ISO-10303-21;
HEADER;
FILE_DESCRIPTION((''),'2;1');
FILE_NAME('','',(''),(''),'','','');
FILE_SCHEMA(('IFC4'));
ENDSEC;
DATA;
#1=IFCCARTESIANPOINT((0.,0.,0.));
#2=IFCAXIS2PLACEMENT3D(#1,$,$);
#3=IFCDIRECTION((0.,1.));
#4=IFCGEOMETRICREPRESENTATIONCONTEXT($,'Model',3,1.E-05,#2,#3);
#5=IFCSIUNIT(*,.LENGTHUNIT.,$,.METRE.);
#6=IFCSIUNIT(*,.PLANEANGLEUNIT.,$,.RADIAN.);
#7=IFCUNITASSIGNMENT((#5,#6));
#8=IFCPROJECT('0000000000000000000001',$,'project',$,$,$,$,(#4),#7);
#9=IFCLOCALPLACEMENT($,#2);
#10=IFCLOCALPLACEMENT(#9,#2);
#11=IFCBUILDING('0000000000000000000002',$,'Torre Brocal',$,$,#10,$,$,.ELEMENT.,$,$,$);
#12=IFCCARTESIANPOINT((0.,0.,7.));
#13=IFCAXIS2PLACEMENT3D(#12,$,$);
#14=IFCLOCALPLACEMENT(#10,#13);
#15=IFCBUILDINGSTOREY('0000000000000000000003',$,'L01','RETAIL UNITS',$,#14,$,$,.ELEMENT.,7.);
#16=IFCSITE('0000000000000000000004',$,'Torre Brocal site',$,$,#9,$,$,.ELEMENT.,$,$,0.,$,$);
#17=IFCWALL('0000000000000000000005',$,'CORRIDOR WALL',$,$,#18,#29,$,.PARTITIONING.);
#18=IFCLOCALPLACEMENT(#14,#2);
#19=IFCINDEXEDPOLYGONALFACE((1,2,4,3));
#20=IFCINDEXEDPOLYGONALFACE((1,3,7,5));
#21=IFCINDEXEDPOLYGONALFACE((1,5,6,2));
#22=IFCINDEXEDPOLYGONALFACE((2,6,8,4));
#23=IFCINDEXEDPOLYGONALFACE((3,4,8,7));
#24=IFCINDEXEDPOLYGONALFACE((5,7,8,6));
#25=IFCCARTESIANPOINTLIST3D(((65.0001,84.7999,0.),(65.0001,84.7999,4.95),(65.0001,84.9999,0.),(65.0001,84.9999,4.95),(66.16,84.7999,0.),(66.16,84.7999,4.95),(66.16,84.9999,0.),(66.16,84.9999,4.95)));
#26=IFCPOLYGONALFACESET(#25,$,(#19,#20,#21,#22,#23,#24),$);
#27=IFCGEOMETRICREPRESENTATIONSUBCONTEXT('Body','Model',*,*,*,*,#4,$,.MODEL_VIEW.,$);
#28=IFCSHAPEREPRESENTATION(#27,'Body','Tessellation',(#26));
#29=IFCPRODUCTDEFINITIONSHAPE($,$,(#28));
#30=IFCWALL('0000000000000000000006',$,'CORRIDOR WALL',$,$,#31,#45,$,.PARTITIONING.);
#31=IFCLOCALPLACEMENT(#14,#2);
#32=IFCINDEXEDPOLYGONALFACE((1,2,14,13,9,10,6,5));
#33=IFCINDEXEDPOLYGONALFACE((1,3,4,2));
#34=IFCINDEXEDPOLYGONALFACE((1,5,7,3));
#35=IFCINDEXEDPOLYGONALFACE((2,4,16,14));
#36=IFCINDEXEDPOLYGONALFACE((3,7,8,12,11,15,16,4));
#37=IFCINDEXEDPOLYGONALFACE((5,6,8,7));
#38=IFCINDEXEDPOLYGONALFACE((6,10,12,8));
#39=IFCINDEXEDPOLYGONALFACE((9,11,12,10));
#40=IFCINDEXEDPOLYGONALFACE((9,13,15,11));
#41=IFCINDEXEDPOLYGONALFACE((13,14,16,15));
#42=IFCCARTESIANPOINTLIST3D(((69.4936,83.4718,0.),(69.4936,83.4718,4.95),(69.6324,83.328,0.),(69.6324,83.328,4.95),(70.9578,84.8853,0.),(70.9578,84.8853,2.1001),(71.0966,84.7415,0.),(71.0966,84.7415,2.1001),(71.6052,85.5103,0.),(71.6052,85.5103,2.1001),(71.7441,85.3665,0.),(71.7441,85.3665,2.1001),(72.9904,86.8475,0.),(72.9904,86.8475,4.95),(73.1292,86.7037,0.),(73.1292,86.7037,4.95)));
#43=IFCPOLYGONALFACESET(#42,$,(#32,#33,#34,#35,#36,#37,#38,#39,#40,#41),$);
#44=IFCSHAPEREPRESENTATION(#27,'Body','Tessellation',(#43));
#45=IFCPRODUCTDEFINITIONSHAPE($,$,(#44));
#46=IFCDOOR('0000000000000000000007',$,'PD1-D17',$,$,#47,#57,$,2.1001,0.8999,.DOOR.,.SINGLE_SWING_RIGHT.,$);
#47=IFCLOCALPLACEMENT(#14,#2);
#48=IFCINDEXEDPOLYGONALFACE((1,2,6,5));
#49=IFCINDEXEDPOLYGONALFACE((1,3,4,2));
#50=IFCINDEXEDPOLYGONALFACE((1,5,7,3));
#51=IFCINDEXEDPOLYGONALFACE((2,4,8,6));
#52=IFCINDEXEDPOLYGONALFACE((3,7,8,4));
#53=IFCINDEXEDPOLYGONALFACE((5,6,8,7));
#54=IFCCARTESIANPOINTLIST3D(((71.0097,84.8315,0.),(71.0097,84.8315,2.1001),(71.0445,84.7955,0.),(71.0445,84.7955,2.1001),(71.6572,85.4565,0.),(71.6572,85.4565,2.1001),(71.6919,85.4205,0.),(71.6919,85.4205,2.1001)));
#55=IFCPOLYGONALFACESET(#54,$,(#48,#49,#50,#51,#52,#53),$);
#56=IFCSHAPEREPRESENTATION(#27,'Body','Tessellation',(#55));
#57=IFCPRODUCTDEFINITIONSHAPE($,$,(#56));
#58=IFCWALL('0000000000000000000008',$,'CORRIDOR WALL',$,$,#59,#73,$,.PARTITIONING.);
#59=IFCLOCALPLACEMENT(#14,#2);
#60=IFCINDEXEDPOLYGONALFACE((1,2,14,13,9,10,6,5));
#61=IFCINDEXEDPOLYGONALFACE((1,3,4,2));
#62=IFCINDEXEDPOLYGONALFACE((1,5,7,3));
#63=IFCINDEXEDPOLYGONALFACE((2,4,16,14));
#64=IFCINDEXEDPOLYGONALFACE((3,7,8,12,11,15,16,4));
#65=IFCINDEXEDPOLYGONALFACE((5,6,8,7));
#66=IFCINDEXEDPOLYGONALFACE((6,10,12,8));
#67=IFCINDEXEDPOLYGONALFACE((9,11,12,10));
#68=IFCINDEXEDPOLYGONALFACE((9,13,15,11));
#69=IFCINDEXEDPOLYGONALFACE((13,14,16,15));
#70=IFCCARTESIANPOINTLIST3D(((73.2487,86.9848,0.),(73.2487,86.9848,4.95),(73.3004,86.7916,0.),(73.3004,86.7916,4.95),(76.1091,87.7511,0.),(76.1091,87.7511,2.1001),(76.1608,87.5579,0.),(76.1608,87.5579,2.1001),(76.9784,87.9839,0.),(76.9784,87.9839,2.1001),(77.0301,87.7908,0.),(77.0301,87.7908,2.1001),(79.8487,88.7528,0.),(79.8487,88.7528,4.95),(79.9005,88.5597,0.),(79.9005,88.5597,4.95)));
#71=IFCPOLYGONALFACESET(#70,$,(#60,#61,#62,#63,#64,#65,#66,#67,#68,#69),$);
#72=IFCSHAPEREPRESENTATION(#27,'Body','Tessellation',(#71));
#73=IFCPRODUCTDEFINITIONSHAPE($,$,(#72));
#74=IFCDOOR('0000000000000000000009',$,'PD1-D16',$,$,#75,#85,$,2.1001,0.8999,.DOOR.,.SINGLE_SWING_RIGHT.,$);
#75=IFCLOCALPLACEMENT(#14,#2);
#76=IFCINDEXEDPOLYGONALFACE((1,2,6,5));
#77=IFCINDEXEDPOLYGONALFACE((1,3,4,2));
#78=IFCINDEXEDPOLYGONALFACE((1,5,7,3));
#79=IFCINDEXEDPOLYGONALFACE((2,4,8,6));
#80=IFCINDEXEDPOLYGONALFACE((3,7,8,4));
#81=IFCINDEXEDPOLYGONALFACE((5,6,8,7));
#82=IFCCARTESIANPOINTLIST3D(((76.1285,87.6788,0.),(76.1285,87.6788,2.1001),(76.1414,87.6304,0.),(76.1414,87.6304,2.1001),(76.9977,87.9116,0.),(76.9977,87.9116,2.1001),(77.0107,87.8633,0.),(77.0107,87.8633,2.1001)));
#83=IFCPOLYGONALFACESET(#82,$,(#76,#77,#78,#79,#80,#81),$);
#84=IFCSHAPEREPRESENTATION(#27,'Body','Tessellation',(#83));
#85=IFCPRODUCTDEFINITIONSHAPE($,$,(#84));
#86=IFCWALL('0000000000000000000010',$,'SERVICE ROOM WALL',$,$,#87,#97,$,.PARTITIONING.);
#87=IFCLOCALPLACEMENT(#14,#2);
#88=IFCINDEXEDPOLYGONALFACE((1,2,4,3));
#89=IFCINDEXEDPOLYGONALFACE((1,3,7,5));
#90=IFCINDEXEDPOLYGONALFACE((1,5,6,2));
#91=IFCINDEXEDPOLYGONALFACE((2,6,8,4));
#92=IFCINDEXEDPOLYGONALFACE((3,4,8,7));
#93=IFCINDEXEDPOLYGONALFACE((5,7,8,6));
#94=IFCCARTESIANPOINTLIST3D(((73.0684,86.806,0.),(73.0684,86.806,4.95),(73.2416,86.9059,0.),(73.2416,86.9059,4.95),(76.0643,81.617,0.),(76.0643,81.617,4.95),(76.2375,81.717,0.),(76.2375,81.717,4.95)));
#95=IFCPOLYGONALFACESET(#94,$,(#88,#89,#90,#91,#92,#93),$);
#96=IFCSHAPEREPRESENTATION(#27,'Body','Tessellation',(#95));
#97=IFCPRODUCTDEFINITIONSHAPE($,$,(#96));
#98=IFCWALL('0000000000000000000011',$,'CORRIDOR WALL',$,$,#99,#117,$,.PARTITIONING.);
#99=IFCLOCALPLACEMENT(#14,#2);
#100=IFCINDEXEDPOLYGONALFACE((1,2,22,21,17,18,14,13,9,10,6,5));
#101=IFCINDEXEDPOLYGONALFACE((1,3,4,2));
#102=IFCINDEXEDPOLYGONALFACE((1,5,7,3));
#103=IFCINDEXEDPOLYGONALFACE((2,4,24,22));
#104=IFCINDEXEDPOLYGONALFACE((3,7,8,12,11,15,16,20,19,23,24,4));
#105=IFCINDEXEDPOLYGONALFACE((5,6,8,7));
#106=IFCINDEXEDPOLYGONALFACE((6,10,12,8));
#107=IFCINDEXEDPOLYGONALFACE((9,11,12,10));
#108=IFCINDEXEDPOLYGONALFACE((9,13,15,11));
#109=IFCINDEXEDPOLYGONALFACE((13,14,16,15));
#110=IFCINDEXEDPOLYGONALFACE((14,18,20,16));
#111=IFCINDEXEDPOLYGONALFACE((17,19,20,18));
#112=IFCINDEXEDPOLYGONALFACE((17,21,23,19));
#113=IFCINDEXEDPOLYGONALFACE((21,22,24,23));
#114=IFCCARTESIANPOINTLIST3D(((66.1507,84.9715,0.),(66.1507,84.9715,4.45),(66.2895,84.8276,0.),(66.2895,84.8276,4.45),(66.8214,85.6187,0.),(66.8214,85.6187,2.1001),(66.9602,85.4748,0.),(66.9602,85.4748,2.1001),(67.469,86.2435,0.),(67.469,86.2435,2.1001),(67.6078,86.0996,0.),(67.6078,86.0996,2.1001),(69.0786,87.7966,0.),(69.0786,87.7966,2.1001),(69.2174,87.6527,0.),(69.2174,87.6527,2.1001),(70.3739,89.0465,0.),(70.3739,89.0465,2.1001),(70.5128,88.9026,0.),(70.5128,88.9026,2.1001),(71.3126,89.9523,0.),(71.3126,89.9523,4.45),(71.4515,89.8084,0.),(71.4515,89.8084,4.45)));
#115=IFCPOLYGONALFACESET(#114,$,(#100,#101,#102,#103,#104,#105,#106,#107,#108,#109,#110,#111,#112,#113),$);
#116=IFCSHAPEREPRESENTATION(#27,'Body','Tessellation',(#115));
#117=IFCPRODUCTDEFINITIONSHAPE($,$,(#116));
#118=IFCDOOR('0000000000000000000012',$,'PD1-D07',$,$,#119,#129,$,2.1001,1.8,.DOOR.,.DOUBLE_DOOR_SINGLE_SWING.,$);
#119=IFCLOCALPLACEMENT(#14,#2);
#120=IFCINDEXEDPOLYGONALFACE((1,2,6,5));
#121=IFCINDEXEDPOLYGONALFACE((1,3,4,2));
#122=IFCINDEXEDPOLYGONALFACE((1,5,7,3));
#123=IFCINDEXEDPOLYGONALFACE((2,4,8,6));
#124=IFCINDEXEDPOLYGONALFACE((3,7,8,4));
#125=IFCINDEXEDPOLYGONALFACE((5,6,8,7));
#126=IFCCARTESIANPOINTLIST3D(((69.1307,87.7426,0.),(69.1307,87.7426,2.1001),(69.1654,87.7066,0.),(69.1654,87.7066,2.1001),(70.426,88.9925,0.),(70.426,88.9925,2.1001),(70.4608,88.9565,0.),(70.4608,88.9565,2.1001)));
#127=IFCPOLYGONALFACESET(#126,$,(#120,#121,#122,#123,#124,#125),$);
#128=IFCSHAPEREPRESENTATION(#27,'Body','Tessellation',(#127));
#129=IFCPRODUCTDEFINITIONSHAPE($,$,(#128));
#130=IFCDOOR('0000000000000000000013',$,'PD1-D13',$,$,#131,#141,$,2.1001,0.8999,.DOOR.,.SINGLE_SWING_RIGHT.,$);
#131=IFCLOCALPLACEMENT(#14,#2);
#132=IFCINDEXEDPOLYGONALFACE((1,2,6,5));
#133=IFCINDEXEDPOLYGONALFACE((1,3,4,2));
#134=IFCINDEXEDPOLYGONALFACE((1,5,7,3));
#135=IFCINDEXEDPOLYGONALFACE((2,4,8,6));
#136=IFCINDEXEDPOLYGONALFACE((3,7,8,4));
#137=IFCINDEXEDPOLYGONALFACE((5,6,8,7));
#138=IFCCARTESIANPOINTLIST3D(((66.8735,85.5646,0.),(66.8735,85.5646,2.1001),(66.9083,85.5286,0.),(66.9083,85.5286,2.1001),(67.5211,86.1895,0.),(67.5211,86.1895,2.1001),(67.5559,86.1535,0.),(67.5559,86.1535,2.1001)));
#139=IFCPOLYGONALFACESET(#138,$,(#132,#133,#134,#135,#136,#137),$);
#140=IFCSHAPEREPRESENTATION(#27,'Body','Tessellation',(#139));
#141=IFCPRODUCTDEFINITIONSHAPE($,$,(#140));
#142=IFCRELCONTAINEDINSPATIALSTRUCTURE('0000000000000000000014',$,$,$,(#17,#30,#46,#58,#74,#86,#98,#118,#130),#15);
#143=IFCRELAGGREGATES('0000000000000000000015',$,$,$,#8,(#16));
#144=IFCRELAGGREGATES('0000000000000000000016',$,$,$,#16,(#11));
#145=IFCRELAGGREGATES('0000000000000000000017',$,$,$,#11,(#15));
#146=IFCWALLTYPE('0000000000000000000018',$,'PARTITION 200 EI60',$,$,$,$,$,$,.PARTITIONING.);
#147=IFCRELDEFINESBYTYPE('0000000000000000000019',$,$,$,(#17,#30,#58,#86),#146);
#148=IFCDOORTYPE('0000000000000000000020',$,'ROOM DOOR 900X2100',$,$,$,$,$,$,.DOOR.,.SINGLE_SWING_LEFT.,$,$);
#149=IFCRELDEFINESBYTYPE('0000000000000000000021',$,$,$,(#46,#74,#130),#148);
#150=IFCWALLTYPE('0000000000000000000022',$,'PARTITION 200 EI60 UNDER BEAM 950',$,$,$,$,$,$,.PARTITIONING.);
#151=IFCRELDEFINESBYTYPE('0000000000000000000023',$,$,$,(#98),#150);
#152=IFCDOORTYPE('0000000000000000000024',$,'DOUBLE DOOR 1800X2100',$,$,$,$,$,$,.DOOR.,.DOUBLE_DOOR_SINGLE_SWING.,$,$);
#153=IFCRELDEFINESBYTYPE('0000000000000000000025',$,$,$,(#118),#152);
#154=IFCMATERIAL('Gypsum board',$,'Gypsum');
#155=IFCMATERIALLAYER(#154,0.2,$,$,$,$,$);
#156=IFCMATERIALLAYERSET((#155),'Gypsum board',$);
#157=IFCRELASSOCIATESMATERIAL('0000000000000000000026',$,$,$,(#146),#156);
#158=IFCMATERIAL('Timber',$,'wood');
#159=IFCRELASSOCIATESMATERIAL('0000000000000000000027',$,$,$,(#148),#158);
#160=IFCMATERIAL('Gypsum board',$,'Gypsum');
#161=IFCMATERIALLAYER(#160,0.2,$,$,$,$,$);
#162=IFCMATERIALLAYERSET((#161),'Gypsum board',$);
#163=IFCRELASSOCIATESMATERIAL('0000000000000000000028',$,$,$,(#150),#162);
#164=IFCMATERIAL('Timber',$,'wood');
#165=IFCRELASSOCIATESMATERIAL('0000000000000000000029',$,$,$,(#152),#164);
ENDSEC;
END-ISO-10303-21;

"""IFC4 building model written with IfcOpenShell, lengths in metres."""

from ifc_helpers import new_model, si_unit, direction, frame, frame_2d, origin, place, context, subcontext, project, spatial, rectangle, extrude, material, layer, layer_set, type_object, element, fill, save


model = new_model("IFC4")

# Units and contexts
model_context = context("Model", 3, precision=1e-05, world=origin(), true_north=direction((0.0, 1.0)))
body_context = subcontext(model_context, "Body", "Model", "MODEL_VIEW")
ifc_project = project(units=[si_unit("LENGTHUNIT", "METRE"), si_unit("PLANEANGLEUNIT", "RADIAN")], contexts=[model_context])

# Site, building, storey
site_placement = place(None, origin())
site = spatial("IfcSite", under=ifc_project, at=site_placement, Name="Torre Brocal site", CompositionType="ELEMENT", RefElevation=0.0)
building_placement = place(site_placement, origin())
building = spatial("IfcBuilding", under=site, at=building_placement, Name="Torre Brocal", CompositionType="ELEMENT")
storey_placement = place(building_placement, frame((0.0, 0.0, 7.0)))
storey = spatial("IfcBuildingStorey", under=building, at=storey_placement, Name="L01", Description="RETAIL UNITS", CompositionType="ELEMENT", Elevation=7.0)

# Wall
ifc_material_1 = material(Name="Gypsum board", Category="Gypsum")
ifc_layer_1 = layer(ifc_material_1, 0.2)
ifc_layer_set_1 = layer_set([ifc_layer_1], Name="Gypsum board")
wall_type_1 = type_object("IfcWallType", Name="PARTITION 200 EI60", PredefinedType="PARTITIONING", material=ifc_layer_set_1)
wall_1_placement = place(storey_placement, frame((65.0, 84.8999, 0.0), z_axis=(0.0, 0.0, 1.0), x_axis=(1.0, 0.0, 0.0)))
element("IfcWall", 1, at=wall_1_placement, inside=storey, type_object=wall_type_1, Name="CORRIDOR WALL", PredefinedType="PARTITIONING", context=body_context, shape_type="SweptSolid", body=[
    extrude(rectangle(XDim=1.1599, YDim=0.2, at=frame_2d((0.5801, 0.0))), origin(), (0.0, 0.0, 1.0), 4.95),
])

# Walls, openings, doors
wall_2_placement = place(storey_placement, frame((69.563, 83.3999, 0.0), z_axis=(0.0, 0.0, 1.0), x_axis=(0.719454, 0.69454, 0.0)))
wall_2 = element("IfcWall", 2, at=wall_2_placement, inside=storey, type_object=wall_type_1, Name="CORRIDOR WALL", PredefinedType="PARTITIONING", context=body_context, shape_type="SweptSolid", body=[
    extrude(rectangle(XDim=4.8604, YDim=0.2, at=frame_2d((2.4302, 0.0))), origin(), (0.0, 0.0, 1.0), 4.95),
])
opening_1_placement = place(wall_2_placement, frame((2.0352, 0.0, 0.0)))
opening_1 = element("IfcOpeningElement", 3, at=opening_1_placement, cuts=wall_2, PredefinedType="OPENING", context=body_context, shape_type="SweptSolid", body=[
    extrude(rectangle(XDim=0.8999, YDim=2.1001, at=frame_2d((0.45, 1.05))), frame((0.0, 0.1099, 0.0), z_axis=(0.0, -1.0, 0.0), x_axis=(1.0, 0.0, 0.0)), (0.0, 0.0, 1.0), 0.22),
])
ifc_material_2 = material(Name="Timber", Category="wood")
door_type_1 = type_object("IfcDoorType", Name="ROOM DOOR 900X2100", OperationType="SINGLE_SWING_LEFT", PredefinedType="DOOR", material=ifc_material_2)
door_1_placement = place(opening_1_placement, frame((0.8999, 0.0, 0.0), z_axis=(0.0, 0.0, 1.0), x_axis=(-1.0, 0.0, 0.0)))
door_1 = element("IfcDoor", 4, at=door_1_placement, inside=storey, type_object=door_type_1, Name="PD1-D17", OperationType="SINGLE_SWING_RIGHT", OverallHeight=2.1001, OverallWidth=0.8999, PredefinedType="DOOR", context=body_context, shape_type="SweptSolid", body=[
    extrude(rectangle(XDim=0.8999, YDim=2.1001, at=frame_2d((0.45, 1.05))), frame((0.0, 0.0249, 0.0), z_axis=(0.0, -1.0, 0.0), x_axis=(1.0, 0.0, 0.0)), (0.0, 0.0, 1.0), 0.05),
])
fill(opening_1, door_1)
wall_3_placement = place(storey_placement, frame((73.2744, 86.8882, 0.0), z_axis=(0.0, 0.0, 1.0), x_axis=(0.965941, 0.258761, 0.0)))
wall_3 = element("IfcWall", 5, at=wall_3_placement, inside=storey, type_object=wall_type_1, Name="CORRIDOR WALL", PredefinedType="PARTITIONING", context=body_context, shape_type="SweptSolid", body=[
    extrude(rectangle(XDim=6.8328, YDim=0.2, at=frame_2d((3.4165, 0.0))), origin(), (0.0, 0.0, 1.0), 4.95),
])
opening_2_placement = place(wall_3_placement, frame((2.9614, 0.0, 0.0)))
opening_2 = element("IfcOpeningElement", 6, at=opening_2_placement, cuts=wall_3, PredefinedType="OPENING", context=body_context, shape_type="SweptSolid", body=[
    extrude(rectangle(XDim=0.8999, YDim=2.1001, at=frame_2d((0.45, 1.05))), frame((0.0, 0.1099, 0.0), z_axis=(0.0, -1.0, 0.0), x_axis=(1.0, 0.0, 0.0)), (0.0, 0.0, 1.0), 0.22),
])
door_2_placement = place(opening_2_placement, frame((0.8999, 0.0, 0.0), z_axis=(0.0, 0.0, 1.0), x_axis=(-1.0, 0.0, 0.0)))
door_2 = element("IfcDoor", 7, at=door_2_placement, inside=storey, type_object=door_type_1, Name="PD1-D16", OperationType="SINGLE_SWING_RIGHT", OverallHeight=2.1001, OverallWidth=0.8999, PredefinedType="DOOR", context=body_context, shape_type="SweptSolid", body=[
    extrude(rectangle(XDim=0.8999, YDim=2.1001, at=frame_2d((0.45, 1.05))), frame((0.0, 0.0249, 0.0), z_axis=(0.0, -1.0, 0.0), x_axis=(1.0, 0.0, 0.0)), (0.0, 0.0, 1.0), 0.05),
])
fill(opening_2, door_2)

# Wall
wall_4_placement = place(storey_placement, frame((73.155, 86.856, 0.0), z_axis=(0.0, 0.0, 1.0), x_axis=(0.5, -0.866025, 0.0)))
element("IfcWall", 8, at=wall_4_placement, inside=storey, type_object=wall_type_1, Name="SERVICE ROOM WALL", PredefinedType="PARTITIONING", context=body_context, shape_type="SweptSolid", body=[
    extrude(rectangle(XDim=5.9917, YDim=0.2, at=frame_2d((2.9958, 0.0))), origin(), (0.0, 0.0, 1.0), 4.95),
])

# Wall, openings, doors
ifc_material_3 = material(Name="Gypsum board", Category="Gypsum")
ifc_layer_2 = layer(ifc_material_3, 0.2)
ifc_layer_set_2 = layer_set([ifc_layer_2], Name="Gypsum board")
wall_type_2 = type_object("IfcWallType", Name="PARTITION 200 EI60 UNDER BEAM 950", PredefinedType="PARTITIONING", material=ifc_layer_set_2)
wall_5_placement = place(storey_placement, frame((66.2202, 84.8997, 0.0), z_axis=(0.0, 0.0, 1.0), x_axis=(0.719621, 0.694367, 0.0)))
wall_5 = element("IfcWall", 9, at=wall_5_placement, inside=storey, type_object=wall_type_2, Name="CORRIDOR WALL", PredefinedType="PARTITIONING", context=body_context, shape_type="SweptSolid", body=[
    extrude(rectangle(XDim=7.1731, YDim=0.2, at=frame_2d((3.5864, 0.0))), origin(), (0.0, 0.0, 1.0), 4.45),
])
opening_3_placement = place(wall_5_placement, frame((4.0686, 0.0, 0.0)))
opening_3 = element("IfcOpeningElement", 10, at=opening_3_placement, cuts=wall_5, PredefinedType="OPENING", context=body_context, shape_type="SweptSolid", body=[
    extrude(rectangle(XDim=1.8, YDim=2.1001, at=frame_2d((0.8999, 1.05))), frame((0.0, 0.1099, 0.0), z_axis=(0.0, -1.0, 0.0), x_axis=(1.0, 0.0, 0.0)), (0.0, 0.0, 1.0), 0.22),
])
opening_4_placement = place(wall_5_placement, frame((0.9319, 0.0, 0.0)))
opening_4 = element("IfcOpeningElement", 11, at=opening_4_placement, cuts=wall_5, PredefinedType="OPENING", context=body_context, shape_type="SweptSolid", body=[
    extrude(rectangle(XDim=0.8999, YDim=2.1001, at=frame_2d((0.45, 1.05))), frame((0.0, 0.1099, 0.0), z_axis=(0.0, -1.0, 0.0), x_axis=(1.0, 0.0, 0.0)), (0.0, 0.0, 1.0), 0.22),
])
ifc_material_4 = material(Name="Timber", Category="wood")
door_type_2 = type_object("IfcDoorType", Name="DOUBLE DOOR 1800X2100", OperationType="DOUBLE_DOOR_SINGLE_SWING", PredefinedType="DOOR", material=ifc_material_4)
door_3_placement = place(opening_3_placement, origin())
door_3 = element("IfcDoor", 12, at=door_3_placement, inside=storey, type_object=door_type_2, Name="PD1-D07", OperationType="DOUBLE_DOOR_SINGLE_SWING", OverallHeight=2.1001, OverallWidth=1.8, PredefinedType="DOOR", context=body_context, shape_type="SweptSolid", body=[
    extrude(rectangle(XDim=1.8, YDim=2.1001, at=frame_2d((0.8999, 1.05))), frame((0.0, 0.0249, 0.0), z_axis=(0.0, -1.0, 0.0), x_axis=(1.0, 0.0, 0.0)), (0.0, 0.0, 1.0), 0.05),
])
fill(opening_3, door_3)
door_4_placement = place(opening_4_placement, origin())
door_4 = element("IfcDoor", 13, at=door_4_placement, inside=storey, type_object=door_type_1, Name="PD1-D13", OperationType="SINGLE_SWING_RIGHT", OverallHeight=2.1001, OverallWidth=0.8999, PredefinedType="DOOR", context=body_context, shape_type="SweptSolid", body=[
    extrude(rectangle(XDim=0.8999, YDim=2.1001, at=frame_2d((0.45, 1.05))), frame((0.0, 0.0249, 0.0), z_axis=(0.0, -1.0, 0.0), x_axis=(1.0, 0.0, 0.0)), (0.0, 0.0, 1.0), 0.05),
])
fill(opening_4, door_4)

save(model, "model.ifc")
